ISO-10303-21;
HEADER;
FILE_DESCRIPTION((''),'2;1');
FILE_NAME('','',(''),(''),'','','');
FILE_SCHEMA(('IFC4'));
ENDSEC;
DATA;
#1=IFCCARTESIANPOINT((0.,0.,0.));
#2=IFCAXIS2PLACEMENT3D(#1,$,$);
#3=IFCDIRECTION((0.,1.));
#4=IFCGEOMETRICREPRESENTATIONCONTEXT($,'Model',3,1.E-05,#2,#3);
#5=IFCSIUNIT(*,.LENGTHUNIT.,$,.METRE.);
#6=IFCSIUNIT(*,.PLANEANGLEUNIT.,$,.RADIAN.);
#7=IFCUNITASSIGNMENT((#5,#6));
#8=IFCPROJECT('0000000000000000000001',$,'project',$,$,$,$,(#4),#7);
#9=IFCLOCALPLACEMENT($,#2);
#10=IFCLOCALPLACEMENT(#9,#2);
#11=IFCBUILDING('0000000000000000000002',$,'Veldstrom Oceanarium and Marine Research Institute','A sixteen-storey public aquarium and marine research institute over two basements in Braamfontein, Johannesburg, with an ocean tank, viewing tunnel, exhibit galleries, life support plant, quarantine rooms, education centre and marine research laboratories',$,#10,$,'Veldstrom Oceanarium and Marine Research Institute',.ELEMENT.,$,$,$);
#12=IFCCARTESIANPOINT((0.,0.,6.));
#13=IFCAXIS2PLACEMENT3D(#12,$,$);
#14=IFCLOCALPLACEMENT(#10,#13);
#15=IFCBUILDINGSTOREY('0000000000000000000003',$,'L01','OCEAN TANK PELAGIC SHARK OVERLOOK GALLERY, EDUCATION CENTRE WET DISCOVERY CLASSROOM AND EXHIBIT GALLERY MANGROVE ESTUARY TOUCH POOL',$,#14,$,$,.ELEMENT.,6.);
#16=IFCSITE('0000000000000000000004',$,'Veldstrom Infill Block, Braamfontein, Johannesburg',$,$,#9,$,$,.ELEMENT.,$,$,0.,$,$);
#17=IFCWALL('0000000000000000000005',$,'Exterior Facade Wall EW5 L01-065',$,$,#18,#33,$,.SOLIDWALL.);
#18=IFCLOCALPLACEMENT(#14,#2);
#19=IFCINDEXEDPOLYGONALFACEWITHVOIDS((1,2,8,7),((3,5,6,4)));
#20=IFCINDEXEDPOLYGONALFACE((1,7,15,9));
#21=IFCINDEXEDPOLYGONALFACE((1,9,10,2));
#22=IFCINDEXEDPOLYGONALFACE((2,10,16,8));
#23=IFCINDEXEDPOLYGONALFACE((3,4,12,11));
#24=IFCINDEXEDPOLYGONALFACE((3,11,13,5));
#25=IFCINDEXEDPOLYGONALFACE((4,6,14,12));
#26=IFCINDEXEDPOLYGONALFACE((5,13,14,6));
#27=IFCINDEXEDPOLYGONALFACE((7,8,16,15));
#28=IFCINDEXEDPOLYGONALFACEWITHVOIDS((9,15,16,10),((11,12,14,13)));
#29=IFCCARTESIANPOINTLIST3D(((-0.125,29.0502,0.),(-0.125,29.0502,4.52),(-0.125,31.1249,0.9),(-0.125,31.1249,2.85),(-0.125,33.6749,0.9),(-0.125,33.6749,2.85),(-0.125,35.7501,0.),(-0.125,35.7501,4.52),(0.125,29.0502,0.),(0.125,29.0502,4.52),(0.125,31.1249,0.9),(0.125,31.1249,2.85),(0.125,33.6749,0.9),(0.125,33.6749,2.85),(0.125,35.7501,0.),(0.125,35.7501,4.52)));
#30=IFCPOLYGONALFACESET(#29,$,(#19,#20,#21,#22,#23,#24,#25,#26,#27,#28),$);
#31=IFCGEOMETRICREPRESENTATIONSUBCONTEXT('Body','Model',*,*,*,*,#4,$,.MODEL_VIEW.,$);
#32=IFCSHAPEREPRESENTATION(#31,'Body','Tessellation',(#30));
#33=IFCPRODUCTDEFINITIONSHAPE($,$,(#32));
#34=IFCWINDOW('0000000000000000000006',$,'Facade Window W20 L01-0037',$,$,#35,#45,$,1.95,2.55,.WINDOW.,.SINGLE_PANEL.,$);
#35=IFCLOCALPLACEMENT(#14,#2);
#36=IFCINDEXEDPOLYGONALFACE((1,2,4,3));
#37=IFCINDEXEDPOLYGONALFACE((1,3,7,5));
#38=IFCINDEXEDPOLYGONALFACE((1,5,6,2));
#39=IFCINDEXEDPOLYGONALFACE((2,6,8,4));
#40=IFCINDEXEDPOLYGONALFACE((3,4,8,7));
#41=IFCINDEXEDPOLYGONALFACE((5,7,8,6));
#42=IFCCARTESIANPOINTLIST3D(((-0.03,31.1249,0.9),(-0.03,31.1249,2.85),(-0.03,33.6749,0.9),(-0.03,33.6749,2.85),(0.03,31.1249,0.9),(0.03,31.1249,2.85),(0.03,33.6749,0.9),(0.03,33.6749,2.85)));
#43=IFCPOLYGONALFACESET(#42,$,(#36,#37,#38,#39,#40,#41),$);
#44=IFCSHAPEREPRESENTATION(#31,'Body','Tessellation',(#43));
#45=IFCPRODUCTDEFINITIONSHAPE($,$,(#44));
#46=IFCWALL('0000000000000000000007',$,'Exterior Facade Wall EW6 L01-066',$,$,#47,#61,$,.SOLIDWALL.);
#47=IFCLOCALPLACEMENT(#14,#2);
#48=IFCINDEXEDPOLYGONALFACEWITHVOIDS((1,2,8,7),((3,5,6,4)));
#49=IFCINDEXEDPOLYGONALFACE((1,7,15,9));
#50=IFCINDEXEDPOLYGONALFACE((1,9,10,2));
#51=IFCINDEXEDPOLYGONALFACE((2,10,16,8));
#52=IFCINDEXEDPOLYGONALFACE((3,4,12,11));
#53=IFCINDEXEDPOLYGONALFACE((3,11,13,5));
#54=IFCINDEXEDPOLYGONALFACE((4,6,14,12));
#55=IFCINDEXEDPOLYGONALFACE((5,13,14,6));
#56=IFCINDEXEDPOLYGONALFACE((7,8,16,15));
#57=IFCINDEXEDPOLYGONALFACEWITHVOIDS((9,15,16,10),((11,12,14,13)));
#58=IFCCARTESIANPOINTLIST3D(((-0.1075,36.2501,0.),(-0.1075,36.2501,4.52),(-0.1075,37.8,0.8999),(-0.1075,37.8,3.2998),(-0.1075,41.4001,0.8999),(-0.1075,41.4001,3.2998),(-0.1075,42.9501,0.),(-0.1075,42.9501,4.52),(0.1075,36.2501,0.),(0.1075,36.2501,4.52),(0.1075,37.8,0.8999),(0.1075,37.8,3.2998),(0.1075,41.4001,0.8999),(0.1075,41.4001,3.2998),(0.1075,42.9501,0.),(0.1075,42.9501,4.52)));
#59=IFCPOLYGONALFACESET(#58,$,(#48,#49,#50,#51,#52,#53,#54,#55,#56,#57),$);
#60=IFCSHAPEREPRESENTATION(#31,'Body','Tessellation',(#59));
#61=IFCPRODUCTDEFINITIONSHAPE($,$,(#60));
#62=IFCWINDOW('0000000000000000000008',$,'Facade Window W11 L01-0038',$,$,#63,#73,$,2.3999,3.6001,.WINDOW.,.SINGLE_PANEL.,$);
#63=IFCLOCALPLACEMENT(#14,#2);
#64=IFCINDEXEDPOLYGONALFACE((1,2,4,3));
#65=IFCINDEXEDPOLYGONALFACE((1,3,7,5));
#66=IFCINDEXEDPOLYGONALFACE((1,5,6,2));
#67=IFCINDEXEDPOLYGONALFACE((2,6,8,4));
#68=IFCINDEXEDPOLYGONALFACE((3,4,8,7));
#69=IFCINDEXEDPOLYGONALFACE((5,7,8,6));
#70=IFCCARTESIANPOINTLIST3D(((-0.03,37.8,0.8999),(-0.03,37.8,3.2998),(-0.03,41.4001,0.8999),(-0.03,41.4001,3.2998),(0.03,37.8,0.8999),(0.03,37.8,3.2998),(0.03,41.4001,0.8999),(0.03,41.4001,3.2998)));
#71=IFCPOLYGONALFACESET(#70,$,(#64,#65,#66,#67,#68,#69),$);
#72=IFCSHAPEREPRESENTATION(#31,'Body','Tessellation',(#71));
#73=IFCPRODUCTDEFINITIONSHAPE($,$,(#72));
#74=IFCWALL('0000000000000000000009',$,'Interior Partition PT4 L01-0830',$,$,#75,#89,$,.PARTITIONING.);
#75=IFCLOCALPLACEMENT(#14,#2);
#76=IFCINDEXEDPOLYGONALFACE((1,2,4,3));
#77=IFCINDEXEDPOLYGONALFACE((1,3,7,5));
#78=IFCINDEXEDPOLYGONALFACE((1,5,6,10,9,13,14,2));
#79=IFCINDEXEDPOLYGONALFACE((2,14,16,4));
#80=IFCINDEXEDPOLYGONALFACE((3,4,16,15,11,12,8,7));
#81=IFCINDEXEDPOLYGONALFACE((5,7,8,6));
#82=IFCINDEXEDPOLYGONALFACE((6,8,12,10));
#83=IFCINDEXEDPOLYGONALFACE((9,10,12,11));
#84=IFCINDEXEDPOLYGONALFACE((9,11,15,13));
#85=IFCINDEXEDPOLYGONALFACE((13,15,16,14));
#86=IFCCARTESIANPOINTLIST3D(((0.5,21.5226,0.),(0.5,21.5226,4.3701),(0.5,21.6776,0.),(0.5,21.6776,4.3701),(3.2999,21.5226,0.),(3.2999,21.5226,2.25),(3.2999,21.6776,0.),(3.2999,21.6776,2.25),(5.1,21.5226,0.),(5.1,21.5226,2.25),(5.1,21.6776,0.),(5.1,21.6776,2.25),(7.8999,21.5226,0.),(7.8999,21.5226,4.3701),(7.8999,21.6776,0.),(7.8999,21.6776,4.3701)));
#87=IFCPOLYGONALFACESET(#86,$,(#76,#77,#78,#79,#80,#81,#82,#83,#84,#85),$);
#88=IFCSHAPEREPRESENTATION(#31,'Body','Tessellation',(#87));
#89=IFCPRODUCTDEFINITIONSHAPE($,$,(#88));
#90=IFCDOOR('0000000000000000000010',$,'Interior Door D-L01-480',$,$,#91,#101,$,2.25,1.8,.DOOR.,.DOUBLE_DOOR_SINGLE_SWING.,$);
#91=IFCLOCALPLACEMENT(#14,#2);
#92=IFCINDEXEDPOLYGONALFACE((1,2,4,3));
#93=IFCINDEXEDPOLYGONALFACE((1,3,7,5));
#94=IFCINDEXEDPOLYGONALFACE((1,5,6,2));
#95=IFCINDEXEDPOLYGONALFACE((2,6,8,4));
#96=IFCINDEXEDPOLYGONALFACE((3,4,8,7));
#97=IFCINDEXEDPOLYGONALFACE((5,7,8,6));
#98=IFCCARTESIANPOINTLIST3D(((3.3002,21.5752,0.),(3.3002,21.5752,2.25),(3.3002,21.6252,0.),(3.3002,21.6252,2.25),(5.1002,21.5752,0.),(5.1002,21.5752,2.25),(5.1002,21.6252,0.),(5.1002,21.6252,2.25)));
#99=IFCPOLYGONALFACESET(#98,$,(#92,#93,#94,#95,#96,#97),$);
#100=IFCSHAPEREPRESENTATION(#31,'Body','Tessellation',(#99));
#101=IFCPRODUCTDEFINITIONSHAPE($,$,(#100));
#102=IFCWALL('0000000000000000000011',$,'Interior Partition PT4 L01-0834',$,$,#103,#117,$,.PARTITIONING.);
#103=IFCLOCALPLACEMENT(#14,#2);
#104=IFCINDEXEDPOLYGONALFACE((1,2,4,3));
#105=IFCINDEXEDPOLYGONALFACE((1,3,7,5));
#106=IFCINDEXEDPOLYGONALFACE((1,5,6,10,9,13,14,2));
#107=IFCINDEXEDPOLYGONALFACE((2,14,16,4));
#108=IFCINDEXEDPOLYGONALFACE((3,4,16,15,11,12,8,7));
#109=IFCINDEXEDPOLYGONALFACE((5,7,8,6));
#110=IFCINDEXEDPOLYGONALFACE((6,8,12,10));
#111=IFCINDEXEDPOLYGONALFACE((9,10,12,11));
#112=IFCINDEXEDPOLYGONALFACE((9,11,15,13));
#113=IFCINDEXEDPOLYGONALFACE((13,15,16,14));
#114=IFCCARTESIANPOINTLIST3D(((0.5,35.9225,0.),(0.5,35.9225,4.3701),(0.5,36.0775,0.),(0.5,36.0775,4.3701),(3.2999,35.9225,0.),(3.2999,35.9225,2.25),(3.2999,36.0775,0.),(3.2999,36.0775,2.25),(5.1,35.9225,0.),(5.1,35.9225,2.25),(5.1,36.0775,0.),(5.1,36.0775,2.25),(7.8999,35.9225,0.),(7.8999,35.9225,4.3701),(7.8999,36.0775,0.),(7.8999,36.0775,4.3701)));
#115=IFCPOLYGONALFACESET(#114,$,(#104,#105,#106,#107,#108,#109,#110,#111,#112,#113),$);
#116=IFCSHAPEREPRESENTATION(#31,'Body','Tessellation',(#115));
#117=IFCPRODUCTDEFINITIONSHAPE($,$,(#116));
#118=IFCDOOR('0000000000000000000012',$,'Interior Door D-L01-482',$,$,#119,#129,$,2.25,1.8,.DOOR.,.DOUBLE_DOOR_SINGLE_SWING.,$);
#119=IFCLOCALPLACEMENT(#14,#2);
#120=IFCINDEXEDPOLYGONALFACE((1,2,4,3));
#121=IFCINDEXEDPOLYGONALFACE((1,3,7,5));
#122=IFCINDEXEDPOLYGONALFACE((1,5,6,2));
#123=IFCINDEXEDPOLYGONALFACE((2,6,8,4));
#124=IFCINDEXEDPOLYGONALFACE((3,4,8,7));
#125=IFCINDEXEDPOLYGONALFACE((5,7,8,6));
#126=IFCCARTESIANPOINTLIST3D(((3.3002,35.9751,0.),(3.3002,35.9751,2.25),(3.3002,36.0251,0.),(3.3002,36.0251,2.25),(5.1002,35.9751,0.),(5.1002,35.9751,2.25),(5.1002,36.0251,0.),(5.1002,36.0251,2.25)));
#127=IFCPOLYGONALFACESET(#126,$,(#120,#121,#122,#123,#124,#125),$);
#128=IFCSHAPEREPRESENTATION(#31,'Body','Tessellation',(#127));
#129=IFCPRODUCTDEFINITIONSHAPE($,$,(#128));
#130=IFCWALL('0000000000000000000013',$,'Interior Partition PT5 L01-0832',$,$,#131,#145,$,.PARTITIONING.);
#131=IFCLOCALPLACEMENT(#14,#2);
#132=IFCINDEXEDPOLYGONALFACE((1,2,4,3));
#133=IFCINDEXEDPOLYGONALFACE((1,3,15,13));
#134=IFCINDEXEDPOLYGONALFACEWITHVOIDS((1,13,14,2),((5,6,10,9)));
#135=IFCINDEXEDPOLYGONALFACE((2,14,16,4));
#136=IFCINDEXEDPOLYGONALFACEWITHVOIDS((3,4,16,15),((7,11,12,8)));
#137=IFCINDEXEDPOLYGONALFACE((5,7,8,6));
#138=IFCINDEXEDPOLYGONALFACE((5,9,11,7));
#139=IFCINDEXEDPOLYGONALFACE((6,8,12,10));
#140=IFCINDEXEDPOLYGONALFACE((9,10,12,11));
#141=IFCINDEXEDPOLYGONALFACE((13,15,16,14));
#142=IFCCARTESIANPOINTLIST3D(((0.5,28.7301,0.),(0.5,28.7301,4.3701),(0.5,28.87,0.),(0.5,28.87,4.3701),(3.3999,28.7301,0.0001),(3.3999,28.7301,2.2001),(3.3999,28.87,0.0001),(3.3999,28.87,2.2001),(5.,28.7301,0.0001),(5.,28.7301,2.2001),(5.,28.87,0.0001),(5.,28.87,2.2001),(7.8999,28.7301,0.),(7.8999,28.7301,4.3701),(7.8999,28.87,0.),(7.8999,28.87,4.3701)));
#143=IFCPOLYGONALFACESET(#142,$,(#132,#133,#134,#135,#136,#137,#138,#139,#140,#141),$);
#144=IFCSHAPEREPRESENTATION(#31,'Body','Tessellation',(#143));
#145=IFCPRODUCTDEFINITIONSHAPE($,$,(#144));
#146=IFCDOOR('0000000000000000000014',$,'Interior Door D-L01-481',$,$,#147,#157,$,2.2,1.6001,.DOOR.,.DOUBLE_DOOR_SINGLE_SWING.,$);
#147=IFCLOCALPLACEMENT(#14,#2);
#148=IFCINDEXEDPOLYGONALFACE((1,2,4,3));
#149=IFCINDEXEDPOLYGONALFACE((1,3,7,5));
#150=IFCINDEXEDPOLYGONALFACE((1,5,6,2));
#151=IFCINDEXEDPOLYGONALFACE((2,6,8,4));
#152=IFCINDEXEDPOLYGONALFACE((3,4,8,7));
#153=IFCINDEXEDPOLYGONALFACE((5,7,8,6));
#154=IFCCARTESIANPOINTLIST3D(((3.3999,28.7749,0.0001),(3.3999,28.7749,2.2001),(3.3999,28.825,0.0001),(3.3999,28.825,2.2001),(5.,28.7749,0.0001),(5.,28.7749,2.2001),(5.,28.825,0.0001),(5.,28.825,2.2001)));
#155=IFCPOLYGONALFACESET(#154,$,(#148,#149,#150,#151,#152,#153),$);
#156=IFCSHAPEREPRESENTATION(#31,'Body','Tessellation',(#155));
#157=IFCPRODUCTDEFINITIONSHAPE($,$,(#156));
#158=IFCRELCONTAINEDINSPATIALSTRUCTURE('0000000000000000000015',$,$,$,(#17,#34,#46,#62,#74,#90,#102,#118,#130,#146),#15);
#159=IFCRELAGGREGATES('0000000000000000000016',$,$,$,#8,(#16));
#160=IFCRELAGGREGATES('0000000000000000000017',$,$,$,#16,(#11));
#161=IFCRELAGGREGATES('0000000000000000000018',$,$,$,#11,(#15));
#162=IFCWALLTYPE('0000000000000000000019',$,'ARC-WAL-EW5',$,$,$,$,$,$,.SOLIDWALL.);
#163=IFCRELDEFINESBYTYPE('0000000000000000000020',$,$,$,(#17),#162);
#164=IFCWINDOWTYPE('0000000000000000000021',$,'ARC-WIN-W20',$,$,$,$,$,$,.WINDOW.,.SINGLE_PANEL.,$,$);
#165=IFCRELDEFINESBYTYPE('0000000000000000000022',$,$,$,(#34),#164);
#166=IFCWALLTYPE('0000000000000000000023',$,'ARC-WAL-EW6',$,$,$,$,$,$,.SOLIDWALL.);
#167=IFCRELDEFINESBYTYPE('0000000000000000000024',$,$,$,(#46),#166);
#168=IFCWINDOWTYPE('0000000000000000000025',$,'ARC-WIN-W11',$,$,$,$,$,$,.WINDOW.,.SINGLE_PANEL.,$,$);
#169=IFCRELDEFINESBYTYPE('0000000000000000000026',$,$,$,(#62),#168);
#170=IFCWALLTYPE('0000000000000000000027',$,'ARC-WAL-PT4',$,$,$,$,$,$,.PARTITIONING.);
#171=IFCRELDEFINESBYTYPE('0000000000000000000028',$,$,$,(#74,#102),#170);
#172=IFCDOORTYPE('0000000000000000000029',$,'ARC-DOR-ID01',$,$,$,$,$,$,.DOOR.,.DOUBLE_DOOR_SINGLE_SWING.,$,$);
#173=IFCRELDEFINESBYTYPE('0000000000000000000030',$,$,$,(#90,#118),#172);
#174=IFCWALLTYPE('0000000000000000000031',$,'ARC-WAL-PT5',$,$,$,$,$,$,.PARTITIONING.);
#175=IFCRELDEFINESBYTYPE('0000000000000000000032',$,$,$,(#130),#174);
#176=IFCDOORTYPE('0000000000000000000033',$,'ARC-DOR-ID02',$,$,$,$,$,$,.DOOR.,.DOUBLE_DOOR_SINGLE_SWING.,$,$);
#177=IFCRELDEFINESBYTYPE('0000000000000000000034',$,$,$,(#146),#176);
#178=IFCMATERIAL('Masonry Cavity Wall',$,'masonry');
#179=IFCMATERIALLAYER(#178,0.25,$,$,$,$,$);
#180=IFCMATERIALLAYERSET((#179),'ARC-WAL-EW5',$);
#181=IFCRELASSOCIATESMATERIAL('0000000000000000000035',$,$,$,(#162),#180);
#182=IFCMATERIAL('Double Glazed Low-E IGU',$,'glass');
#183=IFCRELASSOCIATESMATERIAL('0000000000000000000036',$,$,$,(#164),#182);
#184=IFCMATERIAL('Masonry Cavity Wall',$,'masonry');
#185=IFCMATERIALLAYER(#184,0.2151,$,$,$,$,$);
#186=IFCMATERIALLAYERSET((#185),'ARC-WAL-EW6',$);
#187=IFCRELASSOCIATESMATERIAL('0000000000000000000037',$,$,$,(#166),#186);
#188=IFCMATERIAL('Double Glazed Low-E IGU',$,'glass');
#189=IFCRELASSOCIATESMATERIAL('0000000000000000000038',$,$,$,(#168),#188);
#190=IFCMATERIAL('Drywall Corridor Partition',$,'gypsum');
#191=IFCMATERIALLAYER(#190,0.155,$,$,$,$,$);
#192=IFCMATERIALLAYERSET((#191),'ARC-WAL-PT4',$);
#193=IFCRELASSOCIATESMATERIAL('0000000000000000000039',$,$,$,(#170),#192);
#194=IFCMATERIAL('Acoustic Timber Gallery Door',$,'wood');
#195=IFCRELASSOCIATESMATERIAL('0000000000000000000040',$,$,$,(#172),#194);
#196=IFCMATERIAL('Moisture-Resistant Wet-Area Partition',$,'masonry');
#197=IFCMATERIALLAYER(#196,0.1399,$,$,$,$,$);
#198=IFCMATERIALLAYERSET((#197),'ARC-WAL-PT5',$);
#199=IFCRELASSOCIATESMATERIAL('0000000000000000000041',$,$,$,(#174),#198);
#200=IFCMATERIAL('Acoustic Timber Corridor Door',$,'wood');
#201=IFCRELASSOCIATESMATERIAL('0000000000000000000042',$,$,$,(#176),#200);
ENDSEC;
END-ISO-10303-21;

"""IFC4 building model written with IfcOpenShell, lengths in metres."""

from ifc_helpers import new_model, si_unit, direction, frame, frame_2d, origin, place, context, subcontext, project, spatial, rectangle, extrude, material, layer, layer_set, type_object, element, fill, save


model = new_model("IFC4")

# Units and contexts
model_context = context("Model", 3, precision=1e-05, world=origin(), true_north=direction((0.0, 1.0)))
body_context = subcontext(model_context, "Body", "Model", "MODEL_VIEW")
ifc_project = project(units=[si_unit("LENGTHUNIT", "METRE"), si_unit("PLANEANGLEUNIT", "RADIAN")], contexts=[model_context])

# Site, building, storey
site_placement = place(None, origin())
site = spatial("IfcSite", under=ifc_project, at=site_placement, Name="Veldstrom Infill Block, Braamfontein, Johannesburg", CompositionType="ELEMENT", RefElevation=0.0)
building_placement = place(site_placement, origin())
building = spatial("IfcBuilding", under=site, at=building_placement, Name="Veldstrom Oceanarium and Marine Research Institute", Description="A sixteen-storey public aquarium and marine research institute over two basements in Braamfontein, Johannesburg, with an ocean tank, viewing tunnel, exhibit galleries, life support plant, quarantine rooms, education centre and marine research laboratories", LongName="Veldstrom Oceanarium and Marine Research Institute", CompositionType="ELEMENT")
storey_placement = place(building_placement, frame((0.0, 0.0, 6.0)))
storey = spatial("IfcBuildingStorey", under=building, at=storey_placement, Name="L01", Description="OCEAN TANK PELAGIC SHARK OVERLOOK GALLERY, EDUCATION CENTRE WET DISCOVERY CLASSROOM AND EXHIBIT GALLERY MANGROVE ESTUARY TOUCH POOL", CompositionType="ELEMENT", Elevation=6.0)

# Walls, openings, windows
ifc_material_1 = material(Name="Masonry Cavity Wall", Category="masonry")
ifc_layer_1 = layer(ifc_material_1, 0.25)
ifc_layer_set_1 = layer_set([ifc_layer_1], Name="ARC-WAL-EW5")
wall_type_1 = type_object("IfcWallType", Name="ARC-WAL-EW5", PredefinedType="SOLIDWALL", material=ifc_layer_set_1)
wall_1_placement = place(storey_placement, frame((0.0, 29.05, 0.0), z_axis=(0.0, 0.0, 1.0), x_axis=(0.0, 1.0, 0.0)))
wall_1 = element("IfcWall", 1, at=wall_1_placement, inside=storey, type_object=wall_type_1, Name="Exterior Facade Wall EW5 L01-065", PredefinedType="SOLIDWALL", context=body_context, shape_type="SweptSolid", body=[
    extrude(rectangle(XDim=6.7, YDim=0.25, at=frame_2d((3.3501, 0.0))), origin(), (0.0, 0.0, 1.0), 4.52),
])
opening_1_placement = place(wall_1_placement, frame((2.075, 0.0, 0.8999)))
opening_1 = element("IfcOpeningElement", 2, at=opening_1_placement, cuts=wall_1, PredefinedType="OPENING", context=body_context, shape_type="SweptSolid", body=[
    extrude(rectangle(XDim=2.55, YDim=1.95, at=frame_2d((1.2749, 0.9751))), frame((0.0, 0.135, 0.0), z_axis=(0.0, -1.0, 0.0), x_axis=(1.0, 0.0, 0.0)), (0.0, 0.0, 1.0), 0.27),
])
ifc_material_2 = material(Name="Double Glazed Low-E IGU", Category="glass")
window_type_1 = type_object("IfcWindowType", Name="ARC-WIN-W20", PartitioningType="SINGLE_PANEL", PredefinedType="WINDOW", material=ifc_material_2)
window_1_placement = place(opening_1_placement, origin())
window_1 = element("IfcWindow", 3, at=window_1_placement, inside=storey, type_object=window_type_1, Name="Facade Window W20 L01-0037", OverallHeight=1.95, OverallWidth=2.55, PartitioningType="SINGLE_PANEL", PredefinedType="WINDOW", context=body_context, shape_type="SweptSolid", body=[
    extrude(rectangle(XDim=2.55, YDim=1.95, at=frame_2d((1.2749, 0.9751))), frame((0.0, 0.03, 0.0), z_axis=(0.0, -1.0, 0.0), x_axis=(1.0, 0.0, 0.0)), (0.0, 0.0, 1.0), 0.0601),
])
fill(opening_1, window_1)
ifc_material_3 = material(Name="Masonry Cavity Wall", Category="masonry")
ifc_layer_2 = layer(ifc_material_3, 0.2151)
ifc_layer_set_2 = layer_set([ifc_layer_2], Name="ARC-WAL-EW6")
wall_type_2 = type_object("IfcWallType", Name="ARC-WAL-EW6", PredefinedType="SOLIDWALL", material=ifc_layer_set_2)
wall_2_placement = place(storey_placement, frame((0.0, 36.25, 0.0), z_axis=(0.0, 0.0, 1.0), x_axis=(0.0, 1.0, 0.0)))
wall_2 = element("IfcWall", 4, at=wall_2_placement, inside=storey, type_object=wall_type_2, Name="Exterior Facade Wall EW6 L01-066", PredefinedType="SOLIDWALL", context=body_context, shape_type="SweptSolid", body=[
    extrude(rectangle(XDim=6.7, YDim=0.2151, at=frame_2d((3.3501, 0.0))), origin(), (0.0, 0.0, 1.0), 4.52),
])
opening_2_placement = place(wall_2_placement, frame((1.55, 0.0, 0.8999)))
opening_2 = element("IfcOpeningElement", 5, at=opening_2_placement, cuts=wall_2, PredefinedType="OPENING", context=body_context, shape_type="SweptSolid", body=[
    extrude(rectangle(XDim=3.6001, YDim=2.3999, at=frame_2d((1.8, 1.2))), frame((0.0, 0.1174, 0.0), z_axis=(0.0, -1.0, 0.0), x_axis=(1.0, 0.0, 0.0)), (0.0, 0.0, 1.0), 0.2351),
])
ifc_material_4 = material(Name="Double Glazed Low-E IGU", Category="glass")
window_type_2 = type_object("IfcWindowType", Name="ARC-WIN-W11", PartitioningType="SINGLE_PANEL", PredefinedType="WINDOW", material=ifc_material_4)
window_2_placement = place(opening_2_placement, origin())
window_2 = element("IfcWindow", 6, at=window_2_placement, inside=storey, type_object=window_type_2, Name="Facade Window W11 L01-0038", OverallHeight=2.3999, OverallWidth=3.6001, PartitioningType="SINGLE_PANEL", PredefinedType="WINDOW", context=body_context, shape_type="SweptSolid", body=[
    extrude(rectangle(XDim=3.6001, YDim=2.3999, at=frame_2d((1.8, 1.2))), frame((0.0, 0.03, 0.0), z_axis=(0.0, -1.0, 0.0), x_axis=(1.0, 0.0, 0.0)), (0.0, 0.0, 1.0), 0.0601),
])
fill(opening_2, window_2)

# Walls, openings, doors
ifc_material_5 = material(Name="Drywall Corridor Partition", Category="gypsum")
ifc_layer_3 = layer(ifc_material_5, 0.155)
ifc_layer_set_3 = layer_set([ifc_layer_3], Name="ARC-WAL-PT4")
wall_type_3 = type_object("IfcWallType", Name="ARC-WAL-PT4", PredefinedType="PARTITIONING", material=ifc_layer_set_3)
wall_3_placement = place(storey_placement, frame((0.5, 21.6001, 0.0), z_axis=(0.0, 0.0, 1.0), x_axis=(1.0, 0.0, 0.0)))
wall_3 = element("IfcWall", 7, at=wall_3_placement, inside=storey, type_object=wall_type_3, Name="Interior Partition PT4 L01-0830", PredefinedType="PARTITIONING", context=body_context, shape_type="SweptSolid", body=[
    extrude(rectangle(XDim=7.3999, YDim=0.155, at=frame_2d((3.7, 0.0))), origin(), (0.0, 0.0, 1.0), 4.3701),
])
opening_3_placement = place(wall_3_placement, frame((2.8, 0.0, 0.0)))
opening_3 = element("IfcOpeningElement", 8, at=opening_3_placement, cuts=wall_3, PredefinedType="OPENING", context=body_context, shape_type="SweptSolid", body=[
    extrude(rectangle(XDim=1.8, YDim=2.25, at=frame_2d((0.8999, 1.125))), frame((0.0, 0.0874, 0.0), z_axis=(0.0, -1.0, 0.0), x_axis=(1.0, 0.0, 0.0)), (0.0, 0.0, 1.0), 0.175),
])
ifc_material_6 = material(Name="Acoustic Timber Gallery Door", Category="wood")
door_type_1 = type_object("IfcDoorType", Name="ARC-DOR-ID01", OperationType="DOUBLE_DOOR_SINGLE_SWING", PredefinedType="DOOR", material=ifc_material_6)
door_1_placement = place(opening_3_placement, frame((1.8, 0.0, 0.0), z_axis=(0.0, 0.0, 1.0), x_axis=(-1.0, 0.0, 0.0)))
door_1 = element("IfcDoor", 9, at=door_1_placement, inside=storey, type_object=door_type_1, Name="Interior Door D-L01-480", OperationType="DOUBLE_DOOR_SINGLE_SWING", OverallHeight=2.25, OverallWidth=1.8, PredefinedType="DOOR", context=body_context, shape_type="SweptSolid", body=[
    extrude(rectangle(XDim=1.8, YDim=2.25, at=frame_2d((0.8999, 1.125))), frame((0.0, 0.0249, 0.0), z_axis=(0.0, -1.0, 0.0), x_axis=(1.0, 0.0, 0.0)), (0.0, 0.0, 1.0), 0.05),
])
fill(opening_3, door_1)
wall_4_placement = place(storey_placement, frame((0.5, 36.0, 0.0), z_axis=(0.0, 0.0, 1.0), x_axis=(1.0, 0.0, 0.0)))
wall_4 = element("IfcWall", 10, at=wall_4_placement, inside=storey, type_object=wall_type_3, Name="Interior Partition PT4 L01-0834", PredefinedType="PARTITIONING", context=body_context, shape_type="SweptSolid", body=[
    extrude(rectangle(XDim=7.3999, YDim=0.155, at=frame_2d((3.7, 0.0))), origin(), (0.0, 0.0, 1.0), 4.3701),
])
opening_4_placement = place(wall_4_placement, frame((2.8, 0.0, 0.0)))
opening_4 = element("IfcOpeningElement", 11, at=opening_4_placement, cuts=wall_4, PredefinedType="OPENING", context=body_context, shape_type="SweptSolid", body=[
    extrude(rectangle(XDim=1.8, YDim=2.25, at=frame_2d((0.8999, 1.125))), frame((0.0, 0.0874, 0.0), z_axis=(0.0, -1.0, 0.0), x_axis=(1.0, 0.0, 0.0)), (0.0, 0.0, 1.0), 0.175),
])
door_2_placement = place(opening_4_placement, frame((1.8, 0.0, 0.0), z_axis=(0.0, 0.0, 1.0), x_axis=(-1.0, 0.0, 0.0)))
door_2 = element("IfcDoor", 12, at=door_2_placement, inside=storey, type_object=door_type_1, Name="Interior Door D-L01-482", OperationType="DOUBLE_DOOR_SINGLE_SWING", OverallHeight=2.25, OverallWidth=1.8, PredefinedType="DOOR", context=body_context, shape_type="SweptSolid", body=[
    extrude(rectangle(XDim=1.8, YDim=2.25, at=frame_2d((0.8999, 1.125))), frame((0.0, 0.0249, 0.0), z_axis=(0.0, -1.0, 0.0), x_axis=(1.0, 0.0, 0.0)), (0.0, 0.0, 1.0), 0.05),
])
fill(opening_4, door_2)
ifc_material_7 = material(Name="Moisture-Resistant Wet-Area Partition", Category="masonry")
ifc_layer_4 = layer(ifc_material_7, 0.1399)
ifc_layer_set_4 = layer_set([ifc_layer_4], Name="ARC-WAL-PT5")
wall_type_4 = type_object("IfcWallType", Name="ARC-WAL-PT5", PredefinedType="PARTITIONING", material=ifc_layer_set_4)
wall_5_placement = place(storey_placement, frame((0.5, 28.8, 0.0), z_axis=(0.0, 0.0, 1.0), x_axis=(1.0, 0.0, 0.0)))
wall_5 = element("IfcWall", 13, at=wall_5_placement, inside=storey, type_object=wall_type_4, Name="Interior Partition PT5 L01-0832", PredefinedType="PARTITIONING", context=body_context, shape_type="SweptSolid", body=[
    extrude(rectangle(XDim=7.3999, YDim=0.1399, at=frame_2d((3.7, 0.0))), origin(), (0.0, 0.0, 1.0), 4.3701),
])
opening_5_placement = place(wall_5_placement, frame((2.8999, 0.0, 0.0)))
opening_5 = element("IfcOpeningElement", 14, at=opening_5_placement, cuts=wall_5, PredefinedType="OPENING", context=body_context, shape_type="SweptSolid", body=[
    extrude(rectangle(XDim=1.6001, YDim=2.2, at=frame_2d((0.8, 1.1001))), frame((0.0, 0.0798, 0.0), z_axis=(0.0, -1.0, 0.0), x_axis=(1.0, 0.0, 0.0)), (0.0, 0.0, 1.0), 0.1599),
])
ifc_material_8 = material(Name="Acoustic Timber Corridor Door", Category="wood")
door_type_2 = type_object("IfcDoorType", Name="ARC-DOR-ID02", OperationType="DOUBLE_DOOR_SINGLE_SWING", PredefinedType="DOOR", material=ifc_material_8)
door_3_placement = place(opening_5_placement, origin())
door_3 = element("IfcDoor", 15, at=door_3_placement, inside=storey, type_object=door_type_2, Name="Interior Door D-L01-481", OperationType="DOUBLE_DOOR_SINGLE_SWING", OverallHeight=2.2, OverallWidth=1.6001, PredefinedType="DOOR", context=body_context, shape_type="SweptSolid", body=[
    extrude(rectangle(XDim=1.6001, YDim=2.2, at=frame_2d((0.8, 1.1001))), frame((0.0, 0.0249, 0.0), z_axis=(0.0, -1.0, 0.0), x_axis=(1.0, 0.0, 0.0)), (0.0, 0.0, 1.0), 0.05),
])
fill(opening_5, door_3)

save(model, "model.ifc")
